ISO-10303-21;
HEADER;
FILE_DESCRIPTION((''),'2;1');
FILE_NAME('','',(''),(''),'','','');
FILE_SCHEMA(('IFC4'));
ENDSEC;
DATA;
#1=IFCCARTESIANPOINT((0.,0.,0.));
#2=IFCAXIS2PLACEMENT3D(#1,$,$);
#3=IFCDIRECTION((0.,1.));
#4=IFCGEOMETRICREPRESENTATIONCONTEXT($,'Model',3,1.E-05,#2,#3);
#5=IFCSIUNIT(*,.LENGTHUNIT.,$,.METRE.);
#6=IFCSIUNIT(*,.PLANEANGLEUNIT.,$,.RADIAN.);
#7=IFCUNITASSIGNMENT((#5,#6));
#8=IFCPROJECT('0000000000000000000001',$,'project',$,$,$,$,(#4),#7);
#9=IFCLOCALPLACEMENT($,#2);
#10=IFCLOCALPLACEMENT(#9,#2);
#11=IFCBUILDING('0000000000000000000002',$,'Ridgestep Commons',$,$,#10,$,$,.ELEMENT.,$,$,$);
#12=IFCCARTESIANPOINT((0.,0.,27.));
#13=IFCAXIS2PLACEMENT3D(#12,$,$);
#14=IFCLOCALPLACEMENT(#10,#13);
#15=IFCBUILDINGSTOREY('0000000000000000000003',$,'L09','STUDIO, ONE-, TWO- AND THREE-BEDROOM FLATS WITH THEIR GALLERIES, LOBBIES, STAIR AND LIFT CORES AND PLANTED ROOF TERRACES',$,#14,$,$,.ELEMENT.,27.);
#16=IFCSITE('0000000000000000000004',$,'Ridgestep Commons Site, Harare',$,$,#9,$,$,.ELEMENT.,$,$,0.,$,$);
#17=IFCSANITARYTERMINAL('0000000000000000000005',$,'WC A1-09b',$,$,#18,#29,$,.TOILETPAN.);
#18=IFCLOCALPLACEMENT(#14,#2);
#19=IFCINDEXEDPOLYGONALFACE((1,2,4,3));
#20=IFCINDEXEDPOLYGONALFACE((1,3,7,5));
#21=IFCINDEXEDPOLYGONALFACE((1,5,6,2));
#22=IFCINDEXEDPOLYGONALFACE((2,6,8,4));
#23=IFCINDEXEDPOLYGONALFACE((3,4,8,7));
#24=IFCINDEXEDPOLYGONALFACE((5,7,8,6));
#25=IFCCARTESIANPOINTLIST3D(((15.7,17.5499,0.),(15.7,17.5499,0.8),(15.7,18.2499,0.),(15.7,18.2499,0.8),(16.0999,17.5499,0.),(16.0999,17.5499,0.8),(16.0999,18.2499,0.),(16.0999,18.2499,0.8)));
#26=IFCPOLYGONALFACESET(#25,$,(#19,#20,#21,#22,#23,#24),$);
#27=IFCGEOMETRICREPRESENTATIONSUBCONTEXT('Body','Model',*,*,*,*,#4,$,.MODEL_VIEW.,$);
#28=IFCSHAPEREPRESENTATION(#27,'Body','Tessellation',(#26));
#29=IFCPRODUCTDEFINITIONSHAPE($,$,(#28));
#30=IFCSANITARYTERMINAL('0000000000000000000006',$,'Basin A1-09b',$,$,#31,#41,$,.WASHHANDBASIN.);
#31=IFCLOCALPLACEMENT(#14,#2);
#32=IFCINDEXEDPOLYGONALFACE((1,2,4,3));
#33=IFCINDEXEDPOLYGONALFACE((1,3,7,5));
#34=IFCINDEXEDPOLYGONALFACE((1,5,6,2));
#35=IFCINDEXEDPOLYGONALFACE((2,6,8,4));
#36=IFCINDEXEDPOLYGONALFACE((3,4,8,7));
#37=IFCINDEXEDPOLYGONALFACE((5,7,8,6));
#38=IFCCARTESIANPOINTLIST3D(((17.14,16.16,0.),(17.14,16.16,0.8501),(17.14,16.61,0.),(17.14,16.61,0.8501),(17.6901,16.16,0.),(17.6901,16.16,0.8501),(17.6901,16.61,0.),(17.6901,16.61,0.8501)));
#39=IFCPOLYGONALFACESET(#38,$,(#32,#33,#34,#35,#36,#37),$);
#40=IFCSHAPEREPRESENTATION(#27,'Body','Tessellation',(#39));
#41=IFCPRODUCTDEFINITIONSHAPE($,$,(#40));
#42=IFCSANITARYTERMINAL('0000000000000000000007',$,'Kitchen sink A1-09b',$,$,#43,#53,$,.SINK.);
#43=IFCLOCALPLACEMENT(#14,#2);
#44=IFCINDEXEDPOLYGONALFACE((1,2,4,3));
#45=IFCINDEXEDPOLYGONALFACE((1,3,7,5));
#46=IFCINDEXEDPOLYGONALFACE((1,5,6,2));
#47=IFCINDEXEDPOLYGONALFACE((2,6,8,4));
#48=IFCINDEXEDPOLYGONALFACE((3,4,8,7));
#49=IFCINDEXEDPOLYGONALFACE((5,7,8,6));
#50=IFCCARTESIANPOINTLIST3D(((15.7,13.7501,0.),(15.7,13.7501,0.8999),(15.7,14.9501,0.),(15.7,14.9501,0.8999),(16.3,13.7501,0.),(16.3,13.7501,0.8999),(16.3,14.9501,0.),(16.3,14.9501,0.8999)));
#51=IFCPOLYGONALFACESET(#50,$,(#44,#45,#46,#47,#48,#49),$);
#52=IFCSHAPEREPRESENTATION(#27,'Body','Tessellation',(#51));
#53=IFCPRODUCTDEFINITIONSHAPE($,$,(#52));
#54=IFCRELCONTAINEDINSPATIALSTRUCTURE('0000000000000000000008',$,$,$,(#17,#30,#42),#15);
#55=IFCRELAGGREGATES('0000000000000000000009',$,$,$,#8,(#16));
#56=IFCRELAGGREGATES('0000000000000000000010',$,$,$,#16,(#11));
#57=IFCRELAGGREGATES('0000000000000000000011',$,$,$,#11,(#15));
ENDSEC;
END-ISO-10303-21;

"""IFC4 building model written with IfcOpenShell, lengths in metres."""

from ifc_helpers import new_model, si_unit, direction, frame, origin, origin_2d, place, context, subcontext, project, spatial, rectangle, extrude, element, save


model = new_model("IFC4")

# Units and contexts
model_context = context("Model", 3, precision=1e-05, world=origin(), true_north=direction((0.0, 1.0)))
body_context = subcontext(model_context, "Body", "Model", "MODEL_VIEW")
ifc_project = project(units=[si_unit("LENGTHUNIT", "METRE"), si_unit("PLANEANGLEUNIT", "RADIAN")], contexts=[model_context])

# Site, building, storey
site_placement = place(None, origin())
site = spatial("IfcSite", under=ifc_project, at=site_placement, Name="Ridgestep Commons Site, Harare", CompositionType="ELEMENT", RefElevation=0.0)
building_placement = place(site_placement, origin())
building = spatial("IfcBuilding", under=site, at=building_placement, Name="Ridgestep Commons", CompositionType="ELEMENT")
storey_placement = place(building_placement, frame((0.0, 0.0, 27.0)))
storey = spatial("IfcBuildingStorey", under=building, at=storey_placement, Name="L09", Description="STUDIO, ONE-, TWO- AND THREE-BEDROOM FLATS WITH THEIR GALLERIES, LOBBIES, STAIR AND LIFT CORES AND PLANTED ROOF TERRACES", CompositionType="ELEMENT", Elevation=27.0)

# Sanitary terminals
sanitary_terminal_1_placement = place(storey_placement, frame((15.8999, 17.8999, 0.0), z_axis=(0.0, 0.0, 1.0), x_axis=(1.0, 0.0, 0.0)))
element("IfcSanitaryTerminal", 1, at=sanitary_terminal_1_placement, inside=storey, Name="WC A1-09b", PredefinedType="TOILETPAN", context=body_context, shape_type="SweptSolid", body=[
    extrude(rectangle(XDim=0.3999, YDim=0.7, at=origin_2d()), origin(), (0.0, 0.0, 1.0), 0.8),
])
sanitary_terminal_2_placement = place(storey_placement, frame((17.415, 16.385, 0.0), z_axis=(0.0, 0.0, 1.0), x_axis=(1.0, 0.0, 0.0)))
element("IfcSanitaryTerminal", 2, at=sanitary_terminal_2_placement, inside=storey, Name="Basin A1-09b", PredefinedType="WASHHANDBASIN", context=body_context, shape_type="SweptSolid", body=[
    extrude(rectangle(XDim=0.55, YDim=0.45, at=origin_2d()), origin(), (0.0, 0.0, 1.0), 0.8501),
])
sanitary_terminal_3_placement = place(storey_placement, frame((16.0, 14.3501, 0.0), z_axis=(0.0, 0.0, 1.0), x_axis=(1.0, 0.0, 0.0)))
element("IfcSanitaryTerminal", 3, at=sanitary_terminal_3_placement, inside=storey, Name="Kitchen sink A1-09b", PredefinedType="SINK", context=body_context, shape_type="SweptSolid", body=[
    extrude(rectangle(XDim=0.6001, YDim=1.2, at=origin_2d()), origin(), (0.0, 0.0, 1.0), 0.8999),
])

save(model, "model.ifc")
